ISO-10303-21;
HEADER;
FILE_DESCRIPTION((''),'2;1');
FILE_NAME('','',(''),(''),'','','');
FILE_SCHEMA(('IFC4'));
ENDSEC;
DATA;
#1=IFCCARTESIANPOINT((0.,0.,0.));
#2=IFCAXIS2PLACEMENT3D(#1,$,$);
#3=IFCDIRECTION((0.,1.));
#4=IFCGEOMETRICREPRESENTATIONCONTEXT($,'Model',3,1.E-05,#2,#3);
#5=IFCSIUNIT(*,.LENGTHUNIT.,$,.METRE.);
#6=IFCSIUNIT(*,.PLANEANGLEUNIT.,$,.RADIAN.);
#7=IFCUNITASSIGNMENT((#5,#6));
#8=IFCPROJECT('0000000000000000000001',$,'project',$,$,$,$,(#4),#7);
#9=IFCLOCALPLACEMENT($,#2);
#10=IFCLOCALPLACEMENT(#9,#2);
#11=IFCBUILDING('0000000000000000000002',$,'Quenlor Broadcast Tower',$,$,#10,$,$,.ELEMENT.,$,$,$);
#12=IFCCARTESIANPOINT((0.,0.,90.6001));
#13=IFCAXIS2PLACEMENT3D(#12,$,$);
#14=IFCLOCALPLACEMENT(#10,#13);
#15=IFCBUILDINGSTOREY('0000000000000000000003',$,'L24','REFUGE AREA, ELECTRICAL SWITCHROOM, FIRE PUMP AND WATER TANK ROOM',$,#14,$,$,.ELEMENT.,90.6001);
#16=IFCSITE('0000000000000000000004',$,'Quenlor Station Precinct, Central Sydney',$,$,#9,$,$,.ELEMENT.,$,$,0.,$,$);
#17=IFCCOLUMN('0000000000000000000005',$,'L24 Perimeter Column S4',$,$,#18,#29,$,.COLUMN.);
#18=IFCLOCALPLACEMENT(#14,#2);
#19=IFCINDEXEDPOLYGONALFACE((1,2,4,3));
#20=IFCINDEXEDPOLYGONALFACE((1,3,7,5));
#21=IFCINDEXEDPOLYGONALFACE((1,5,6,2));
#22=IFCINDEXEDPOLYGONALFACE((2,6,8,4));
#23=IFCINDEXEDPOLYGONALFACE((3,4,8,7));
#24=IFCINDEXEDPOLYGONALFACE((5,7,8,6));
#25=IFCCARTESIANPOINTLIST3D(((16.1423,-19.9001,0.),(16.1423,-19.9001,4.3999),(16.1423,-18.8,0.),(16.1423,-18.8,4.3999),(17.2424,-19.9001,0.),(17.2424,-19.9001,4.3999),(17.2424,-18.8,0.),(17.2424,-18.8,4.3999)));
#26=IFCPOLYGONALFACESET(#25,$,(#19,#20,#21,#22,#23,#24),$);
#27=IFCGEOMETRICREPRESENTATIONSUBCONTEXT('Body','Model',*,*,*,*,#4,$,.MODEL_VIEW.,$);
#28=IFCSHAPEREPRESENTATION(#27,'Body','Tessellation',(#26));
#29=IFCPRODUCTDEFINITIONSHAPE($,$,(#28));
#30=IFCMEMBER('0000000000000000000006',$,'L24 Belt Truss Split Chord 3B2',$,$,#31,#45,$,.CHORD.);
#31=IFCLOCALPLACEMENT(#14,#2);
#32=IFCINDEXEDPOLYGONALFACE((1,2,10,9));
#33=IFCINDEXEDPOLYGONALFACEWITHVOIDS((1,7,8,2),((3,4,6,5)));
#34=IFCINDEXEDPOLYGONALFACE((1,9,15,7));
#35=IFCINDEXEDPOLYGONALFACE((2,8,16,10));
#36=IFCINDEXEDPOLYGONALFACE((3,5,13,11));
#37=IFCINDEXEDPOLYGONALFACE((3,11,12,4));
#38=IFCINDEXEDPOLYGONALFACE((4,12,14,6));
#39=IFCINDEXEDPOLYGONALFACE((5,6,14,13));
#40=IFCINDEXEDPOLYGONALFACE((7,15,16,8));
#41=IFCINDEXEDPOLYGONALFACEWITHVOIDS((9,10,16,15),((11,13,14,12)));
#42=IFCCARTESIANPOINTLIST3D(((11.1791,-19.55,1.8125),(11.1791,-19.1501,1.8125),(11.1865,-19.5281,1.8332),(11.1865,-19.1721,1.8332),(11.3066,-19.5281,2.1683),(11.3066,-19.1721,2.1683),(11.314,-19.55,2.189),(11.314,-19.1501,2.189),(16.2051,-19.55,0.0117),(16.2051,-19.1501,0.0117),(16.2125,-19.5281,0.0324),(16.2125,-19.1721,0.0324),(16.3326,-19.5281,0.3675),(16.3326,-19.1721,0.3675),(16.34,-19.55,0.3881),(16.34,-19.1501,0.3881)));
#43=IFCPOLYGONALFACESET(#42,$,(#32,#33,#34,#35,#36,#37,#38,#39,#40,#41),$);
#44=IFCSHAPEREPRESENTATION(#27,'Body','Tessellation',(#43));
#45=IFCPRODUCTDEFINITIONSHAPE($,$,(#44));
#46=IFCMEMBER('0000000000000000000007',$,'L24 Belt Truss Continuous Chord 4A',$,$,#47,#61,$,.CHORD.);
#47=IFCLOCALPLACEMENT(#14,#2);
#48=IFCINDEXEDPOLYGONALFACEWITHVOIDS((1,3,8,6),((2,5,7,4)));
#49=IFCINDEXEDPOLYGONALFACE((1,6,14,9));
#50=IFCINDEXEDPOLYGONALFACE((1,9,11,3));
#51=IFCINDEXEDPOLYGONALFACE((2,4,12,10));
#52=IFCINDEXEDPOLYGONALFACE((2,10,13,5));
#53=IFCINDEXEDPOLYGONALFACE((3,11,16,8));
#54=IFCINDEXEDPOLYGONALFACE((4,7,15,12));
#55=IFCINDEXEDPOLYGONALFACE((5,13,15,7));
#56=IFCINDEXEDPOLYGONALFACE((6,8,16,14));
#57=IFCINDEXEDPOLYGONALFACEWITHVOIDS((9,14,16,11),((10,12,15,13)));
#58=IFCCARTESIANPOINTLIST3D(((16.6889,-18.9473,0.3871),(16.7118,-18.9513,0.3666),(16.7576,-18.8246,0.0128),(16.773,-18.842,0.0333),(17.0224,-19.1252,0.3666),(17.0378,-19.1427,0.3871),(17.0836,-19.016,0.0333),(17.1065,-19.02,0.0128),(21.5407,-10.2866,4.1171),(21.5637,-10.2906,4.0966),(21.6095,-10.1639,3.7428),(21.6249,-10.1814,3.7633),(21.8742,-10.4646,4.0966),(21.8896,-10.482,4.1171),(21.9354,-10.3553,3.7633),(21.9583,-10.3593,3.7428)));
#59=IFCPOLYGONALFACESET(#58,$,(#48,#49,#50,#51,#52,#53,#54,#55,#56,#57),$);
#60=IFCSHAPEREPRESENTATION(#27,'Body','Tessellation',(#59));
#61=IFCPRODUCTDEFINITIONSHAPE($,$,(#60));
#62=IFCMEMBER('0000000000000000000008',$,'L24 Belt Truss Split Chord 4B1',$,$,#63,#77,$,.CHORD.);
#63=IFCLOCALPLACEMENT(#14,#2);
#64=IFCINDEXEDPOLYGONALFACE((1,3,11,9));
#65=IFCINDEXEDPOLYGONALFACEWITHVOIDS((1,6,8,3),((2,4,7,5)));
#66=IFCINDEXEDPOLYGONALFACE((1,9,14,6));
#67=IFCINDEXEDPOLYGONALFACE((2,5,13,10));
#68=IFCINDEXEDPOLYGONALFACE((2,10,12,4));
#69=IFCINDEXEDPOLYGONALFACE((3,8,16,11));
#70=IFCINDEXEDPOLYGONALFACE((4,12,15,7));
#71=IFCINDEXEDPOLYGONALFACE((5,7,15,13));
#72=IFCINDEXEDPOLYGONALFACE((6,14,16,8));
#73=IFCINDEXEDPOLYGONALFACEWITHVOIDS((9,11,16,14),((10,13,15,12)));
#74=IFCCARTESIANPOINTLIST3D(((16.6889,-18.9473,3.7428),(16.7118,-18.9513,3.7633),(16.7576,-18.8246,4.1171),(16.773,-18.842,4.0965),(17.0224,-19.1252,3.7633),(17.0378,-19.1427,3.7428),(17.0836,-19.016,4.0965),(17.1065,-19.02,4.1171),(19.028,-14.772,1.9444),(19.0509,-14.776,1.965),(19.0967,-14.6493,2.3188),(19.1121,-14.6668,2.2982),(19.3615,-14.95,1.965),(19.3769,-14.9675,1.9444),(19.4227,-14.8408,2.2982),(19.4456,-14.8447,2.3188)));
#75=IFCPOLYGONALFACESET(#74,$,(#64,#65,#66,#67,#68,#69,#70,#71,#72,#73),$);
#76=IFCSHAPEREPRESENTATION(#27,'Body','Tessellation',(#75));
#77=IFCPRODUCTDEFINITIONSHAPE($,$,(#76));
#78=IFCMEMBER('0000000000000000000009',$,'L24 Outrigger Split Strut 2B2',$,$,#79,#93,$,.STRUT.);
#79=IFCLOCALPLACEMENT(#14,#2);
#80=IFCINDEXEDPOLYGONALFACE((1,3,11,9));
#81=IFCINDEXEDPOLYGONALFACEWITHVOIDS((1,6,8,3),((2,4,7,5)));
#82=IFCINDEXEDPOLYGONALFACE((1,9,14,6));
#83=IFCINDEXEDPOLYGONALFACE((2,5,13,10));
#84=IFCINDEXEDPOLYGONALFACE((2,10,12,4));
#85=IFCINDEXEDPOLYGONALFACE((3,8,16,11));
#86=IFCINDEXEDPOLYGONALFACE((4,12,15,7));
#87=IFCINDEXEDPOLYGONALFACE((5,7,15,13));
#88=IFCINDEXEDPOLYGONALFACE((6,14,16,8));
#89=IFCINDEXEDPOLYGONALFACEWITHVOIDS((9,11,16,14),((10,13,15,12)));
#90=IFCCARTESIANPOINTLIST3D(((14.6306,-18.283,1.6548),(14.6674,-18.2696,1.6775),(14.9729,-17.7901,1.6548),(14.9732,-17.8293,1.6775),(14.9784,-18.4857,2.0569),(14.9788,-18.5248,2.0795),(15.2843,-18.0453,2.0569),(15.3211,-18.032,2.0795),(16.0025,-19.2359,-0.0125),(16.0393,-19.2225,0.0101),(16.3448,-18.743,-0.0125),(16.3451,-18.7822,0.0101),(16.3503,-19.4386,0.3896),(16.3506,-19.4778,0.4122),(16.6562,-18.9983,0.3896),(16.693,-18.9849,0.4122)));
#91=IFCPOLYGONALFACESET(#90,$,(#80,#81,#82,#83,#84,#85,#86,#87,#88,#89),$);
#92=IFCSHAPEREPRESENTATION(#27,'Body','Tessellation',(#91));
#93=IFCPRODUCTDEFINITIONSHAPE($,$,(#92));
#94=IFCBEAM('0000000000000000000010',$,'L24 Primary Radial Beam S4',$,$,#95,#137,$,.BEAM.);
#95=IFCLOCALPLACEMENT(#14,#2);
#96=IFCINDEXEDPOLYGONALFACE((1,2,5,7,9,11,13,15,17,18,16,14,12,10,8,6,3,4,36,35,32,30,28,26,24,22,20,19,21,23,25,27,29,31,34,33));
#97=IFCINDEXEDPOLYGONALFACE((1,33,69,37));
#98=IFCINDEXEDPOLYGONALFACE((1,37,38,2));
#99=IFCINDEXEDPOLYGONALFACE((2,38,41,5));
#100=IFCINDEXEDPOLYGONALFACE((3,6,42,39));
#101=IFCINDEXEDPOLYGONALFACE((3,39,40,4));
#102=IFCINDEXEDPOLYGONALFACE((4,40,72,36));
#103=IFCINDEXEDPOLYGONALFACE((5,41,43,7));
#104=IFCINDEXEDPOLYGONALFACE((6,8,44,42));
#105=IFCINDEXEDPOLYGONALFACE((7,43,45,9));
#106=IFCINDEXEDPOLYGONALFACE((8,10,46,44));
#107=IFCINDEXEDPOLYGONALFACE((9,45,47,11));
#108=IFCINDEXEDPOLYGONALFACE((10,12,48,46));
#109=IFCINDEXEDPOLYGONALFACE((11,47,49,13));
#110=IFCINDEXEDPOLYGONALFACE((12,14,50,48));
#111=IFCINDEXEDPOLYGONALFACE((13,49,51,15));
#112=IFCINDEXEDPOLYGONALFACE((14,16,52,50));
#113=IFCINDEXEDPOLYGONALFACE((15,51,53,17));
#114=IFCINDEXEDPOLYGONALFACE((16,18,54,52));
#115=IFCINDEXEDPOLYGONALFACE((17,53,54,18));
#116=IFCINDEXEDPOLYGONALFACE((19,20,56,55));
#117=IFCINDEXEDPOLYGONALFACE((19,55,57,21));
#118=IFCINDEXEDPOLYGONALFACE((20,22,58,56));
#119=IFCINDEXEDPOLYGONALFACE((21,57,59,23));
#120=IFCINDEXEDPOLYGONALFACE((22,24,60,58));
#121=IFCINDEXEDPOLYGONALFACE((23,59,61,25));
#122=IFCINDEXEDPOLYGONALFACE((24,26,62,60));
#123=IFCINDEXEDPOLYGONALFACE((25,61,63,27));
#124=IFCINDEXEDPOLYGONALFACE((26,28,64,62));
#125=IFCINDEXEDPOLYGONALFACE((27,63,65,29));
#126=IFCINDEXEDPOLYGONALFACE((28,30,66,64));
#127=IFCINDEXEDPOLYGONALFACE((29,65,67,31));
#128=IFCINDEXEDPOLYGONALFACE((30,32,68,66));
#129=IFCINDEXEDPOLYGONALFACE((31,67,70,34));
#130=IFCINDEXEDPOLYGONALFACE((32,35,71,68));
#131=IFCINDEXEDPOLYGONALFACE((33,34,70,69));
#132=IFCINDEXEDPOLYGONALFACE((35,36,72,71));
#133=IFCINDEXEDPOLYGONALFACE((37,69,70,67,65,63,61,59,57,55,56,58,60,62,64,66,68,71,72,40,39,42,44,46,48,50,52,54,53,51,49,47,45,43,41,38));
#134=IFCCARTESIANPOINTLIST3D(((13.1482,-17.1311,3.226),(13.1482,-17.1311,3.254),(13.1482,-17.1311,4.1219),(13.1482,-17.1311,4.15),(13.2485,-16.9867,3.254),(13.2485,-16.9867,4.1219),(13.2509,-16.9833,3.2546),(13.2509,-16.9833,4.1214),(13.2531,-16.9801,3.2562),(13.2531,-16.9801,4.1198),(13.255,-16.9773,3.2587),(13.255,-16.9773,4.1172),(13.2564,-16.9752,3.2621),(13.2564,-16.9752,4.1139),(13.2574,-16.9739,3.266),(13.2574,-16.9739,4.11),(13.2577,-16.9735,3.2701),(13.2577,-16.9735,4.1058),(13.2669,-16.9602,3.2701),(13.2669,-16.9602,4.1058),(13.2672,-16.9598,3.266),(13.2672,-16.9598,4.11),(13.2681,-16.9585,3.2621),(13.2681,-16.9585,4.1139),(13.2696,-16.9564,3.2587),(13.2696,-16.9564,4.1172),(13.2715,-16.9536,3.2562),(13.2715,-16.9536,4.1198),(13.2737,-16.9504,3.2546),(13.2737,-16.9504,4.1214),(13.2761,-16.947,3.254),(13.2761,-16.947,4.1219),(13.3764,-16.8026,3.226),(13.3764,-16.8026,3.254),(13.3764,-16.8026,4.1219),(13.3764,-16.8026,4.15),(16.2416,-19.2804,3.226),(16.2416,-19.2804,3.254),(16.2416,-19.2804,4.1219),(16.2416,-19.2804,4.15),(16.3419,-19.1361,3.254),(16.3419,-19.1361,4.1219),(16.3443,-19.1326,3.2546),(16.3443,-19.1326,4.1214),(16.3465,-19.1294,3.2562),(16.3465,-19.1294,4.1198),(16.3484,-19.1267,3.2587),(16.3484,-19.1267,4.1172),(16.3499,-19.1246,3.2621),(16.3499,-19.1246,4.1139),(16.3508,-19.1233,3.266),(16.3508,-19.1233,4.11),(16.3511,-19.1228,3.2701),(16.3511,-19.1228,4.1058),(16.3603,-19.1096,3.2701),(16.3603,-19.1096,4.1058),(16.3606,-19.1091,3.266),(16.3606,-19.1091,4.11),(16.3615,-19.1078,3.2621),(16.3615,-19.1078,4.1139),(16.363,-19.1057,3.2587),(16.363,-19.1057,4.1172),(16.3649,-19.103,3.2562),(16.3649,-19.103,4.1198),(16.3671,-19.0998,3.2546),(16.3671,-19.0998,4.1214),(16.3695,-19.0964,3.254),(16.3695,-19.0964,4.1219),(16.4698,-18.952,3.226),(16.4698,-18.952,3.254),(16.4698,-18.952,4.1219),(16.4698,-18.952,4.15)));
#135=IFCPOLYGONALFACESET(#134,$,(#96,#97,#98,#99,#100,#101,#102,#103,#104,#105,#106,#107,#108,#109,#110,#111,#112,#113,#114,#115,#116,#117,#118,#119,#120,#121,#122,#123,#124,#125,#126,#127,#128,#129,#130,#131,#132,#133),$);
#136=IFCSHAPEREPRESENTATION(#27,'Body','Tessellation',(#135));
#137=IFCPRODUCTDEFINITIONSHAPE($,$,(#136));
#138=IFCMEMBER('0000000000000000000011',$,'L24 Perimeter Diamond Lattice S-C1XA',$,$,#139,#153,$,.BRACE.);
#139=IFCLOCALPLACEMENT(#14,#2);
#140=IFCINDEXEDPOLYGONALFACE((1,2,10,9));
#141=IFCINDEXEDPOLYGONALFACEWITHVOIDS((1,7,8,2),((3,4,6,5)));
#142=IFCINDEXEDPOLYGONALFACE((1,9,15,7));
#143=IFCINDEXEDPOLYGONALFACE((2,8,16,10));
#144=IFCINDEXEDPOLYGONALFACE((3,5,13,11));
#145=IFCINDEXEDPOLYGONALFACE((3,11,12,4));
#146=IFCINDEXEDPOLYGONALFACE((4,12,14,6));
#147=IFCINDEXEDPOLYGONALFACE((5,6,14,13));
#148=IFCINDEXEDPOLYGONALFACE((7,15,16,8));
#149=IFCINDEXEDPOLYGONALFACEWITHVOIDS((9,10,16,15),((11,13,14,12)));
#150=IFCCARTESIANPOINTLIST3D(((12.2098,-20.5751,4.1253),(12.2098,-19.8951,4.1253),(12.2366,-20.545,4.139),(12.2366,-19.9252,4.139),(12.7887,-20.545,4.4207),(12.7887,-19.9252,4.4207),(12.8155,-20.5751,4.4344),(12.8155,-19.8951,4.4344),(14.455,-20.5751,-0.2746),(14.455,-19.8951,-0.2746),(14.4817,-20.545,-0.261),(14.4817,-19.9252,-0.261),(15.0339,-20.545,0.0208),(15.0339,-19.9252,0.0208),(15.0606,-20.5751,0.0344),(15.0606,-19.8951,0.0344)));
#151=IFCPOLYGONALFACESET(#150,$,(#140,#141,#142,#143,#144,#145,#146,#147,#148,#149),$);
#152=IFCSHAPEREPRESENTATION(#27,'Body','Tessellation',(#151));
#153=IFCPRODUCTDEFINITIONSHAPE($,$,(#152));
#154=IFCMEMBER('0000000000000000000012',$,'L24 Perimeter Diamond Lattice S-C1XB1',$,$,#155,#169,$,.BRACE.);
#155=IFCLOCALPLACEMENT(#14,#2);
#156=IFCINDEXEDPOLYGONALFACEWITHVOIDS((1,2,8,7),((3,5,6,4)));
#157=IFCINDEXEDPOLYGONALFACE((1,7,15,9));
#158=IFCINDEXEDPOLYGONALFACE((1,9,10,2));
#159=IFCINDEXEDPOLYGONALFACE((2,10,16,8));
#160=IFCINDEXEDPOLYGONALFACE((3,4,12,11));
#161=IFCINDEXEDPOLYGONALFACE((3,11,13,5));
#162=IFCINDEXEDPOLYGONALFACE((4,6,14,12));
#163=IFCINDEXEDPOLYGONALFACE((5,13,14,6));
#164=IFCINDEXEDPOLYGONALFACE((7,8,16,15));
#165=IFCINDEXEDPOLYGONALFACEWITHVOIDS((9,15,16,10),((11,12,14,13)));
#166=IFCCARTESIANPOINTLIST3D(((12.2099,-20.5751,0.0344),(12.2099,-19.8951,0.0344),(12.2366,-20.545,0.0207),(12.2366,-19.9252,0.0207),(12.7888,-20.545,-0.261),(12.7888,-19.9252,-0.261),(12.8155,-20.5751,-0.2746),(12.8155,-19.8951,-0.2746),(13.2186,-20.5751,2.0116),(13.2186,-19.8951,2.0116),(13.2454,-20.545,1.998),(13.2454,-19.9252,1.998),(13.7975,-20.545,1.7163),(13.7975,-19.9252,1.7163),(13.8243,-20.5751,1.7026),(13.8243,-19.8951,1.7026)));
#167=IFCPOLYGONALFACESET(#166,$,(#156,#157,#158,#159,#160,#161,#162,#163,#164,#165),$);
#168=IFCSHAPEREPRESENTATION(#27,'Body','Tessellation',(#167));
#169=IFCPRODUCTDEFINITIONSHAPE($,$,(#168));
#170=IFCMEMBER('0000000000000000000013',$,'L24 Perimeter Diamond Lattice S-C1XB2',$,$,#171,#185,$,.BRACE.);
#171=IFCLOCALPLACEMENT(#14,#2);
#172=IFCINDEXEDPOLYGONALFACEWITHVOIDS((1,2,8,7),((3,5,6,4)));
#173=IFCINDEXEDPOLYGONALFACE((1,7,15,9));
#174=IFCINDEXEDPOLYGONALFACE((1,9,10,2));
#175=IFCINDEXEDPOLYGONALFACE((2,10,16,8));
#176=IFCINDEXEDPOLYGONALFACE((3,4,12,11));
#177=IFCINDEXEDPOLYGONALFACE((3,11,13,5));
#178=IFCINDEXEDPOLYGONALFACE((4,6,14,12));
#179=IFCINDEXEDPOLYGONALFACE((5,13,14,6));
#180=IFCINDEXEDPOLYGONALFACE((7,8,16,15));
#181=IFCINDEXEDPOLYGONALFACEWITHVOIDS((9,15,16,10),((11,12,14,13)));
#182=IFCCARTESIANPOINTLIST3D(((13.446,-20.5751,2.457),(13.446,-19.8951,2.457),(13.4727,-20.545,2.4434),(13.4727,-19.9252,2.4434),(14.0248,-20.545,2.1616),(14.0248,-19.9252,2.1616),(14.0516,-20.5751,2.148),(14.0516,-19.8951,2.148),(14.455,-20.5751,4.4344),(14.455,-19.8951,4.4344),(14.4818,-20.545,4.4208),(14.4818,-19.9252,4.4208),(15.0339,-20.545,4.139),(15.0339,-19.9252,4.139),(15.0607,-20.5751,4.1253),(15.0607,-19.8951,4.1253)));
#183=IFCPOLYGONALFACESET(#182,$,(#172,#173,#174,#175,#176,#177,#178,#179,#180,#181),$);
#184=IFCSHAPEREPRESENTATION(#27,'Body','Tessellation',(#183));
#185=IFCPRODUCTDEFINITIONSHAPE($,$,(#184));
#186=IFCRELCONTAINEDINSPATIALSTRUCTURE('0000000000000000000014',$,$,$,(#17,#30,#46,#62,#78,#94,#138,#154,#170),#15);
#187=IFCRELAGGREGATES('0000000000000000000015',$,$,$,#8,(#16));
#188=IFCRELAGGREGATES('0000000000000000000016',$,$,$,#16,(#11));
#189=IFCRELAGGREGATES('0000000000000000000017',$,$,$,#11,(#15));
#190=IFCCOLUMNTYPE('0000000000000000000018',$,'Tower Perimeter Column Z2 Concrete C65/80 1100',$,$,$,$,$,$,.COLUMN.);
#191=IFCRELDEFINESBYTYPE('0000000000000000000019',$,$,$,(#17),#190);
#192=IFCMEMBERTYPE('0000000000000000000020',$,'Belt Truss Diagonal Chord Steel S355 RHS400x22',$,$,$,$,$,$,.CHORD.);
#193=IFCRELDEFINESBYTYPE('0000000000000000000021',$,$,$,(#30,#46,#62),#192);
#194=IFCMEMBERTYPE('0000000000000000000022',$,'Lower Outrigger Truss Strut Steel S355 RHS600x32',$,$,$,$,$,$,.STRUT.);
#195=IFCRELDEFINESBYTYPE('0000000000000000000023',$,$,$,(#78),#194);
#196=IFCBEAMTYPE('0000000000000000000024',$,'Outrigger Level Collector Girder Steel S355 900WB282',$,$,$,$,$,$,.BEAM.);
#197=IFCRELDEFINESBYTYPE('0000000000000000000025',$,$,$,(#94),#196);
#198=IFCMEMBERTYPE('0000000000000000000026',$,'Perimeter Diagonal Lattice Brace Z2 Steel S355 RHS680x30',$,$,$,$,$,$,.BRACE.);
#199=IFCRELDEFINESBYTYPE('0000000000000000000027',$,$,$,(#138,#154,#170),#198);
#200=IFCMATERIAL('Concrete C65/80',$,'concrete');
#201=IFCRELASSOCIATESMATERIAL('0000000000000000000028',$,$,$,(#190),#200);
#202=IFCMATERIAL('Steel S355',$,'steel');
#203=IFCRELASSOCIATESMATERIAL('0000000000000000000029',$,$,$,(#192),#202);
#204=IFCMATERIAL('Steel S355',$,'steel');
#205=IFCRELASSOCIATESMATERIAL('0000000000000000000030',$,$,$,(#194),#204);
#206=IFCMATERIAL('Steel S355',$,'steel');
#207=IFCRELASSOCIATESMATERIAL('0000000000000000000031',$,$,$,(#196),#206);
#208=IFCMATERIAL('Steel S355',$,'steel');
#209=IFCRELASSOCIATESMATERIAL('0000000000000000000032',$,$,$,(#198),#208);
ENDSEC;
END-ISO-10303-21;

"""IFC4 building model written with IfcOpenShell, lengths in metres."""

from ifc_helpers import new_model, si_unit, direction, frame, origin, origin_2d, place, context, subcontext, project, spatial, rectangle, hollow_rectangle, i_section, extrude, material, material_profile, profile_set, type_object, element, save


model = new_model("IFC4")

# Units and contexts
model_context = context("Model", 3, precision=1e-05, world=origin(), true_north=direction((0.0, 1.0)))
body_context = subcontext(model_context, "Body", "Model", "MODEL_VIEW")
ifc_project = project(units=[si_unit("LENGTHUNIT", "METRE"), si_unit("PLANEANGLEUNIT", "RADIAN")], contexts=[model_context])

# Site, building, storey
site_placement = place(None, origin())
site = spatial("IfcSite", under=ifc_project, at=site_placement, Name="Quenlor Station Precinct, Central Sydney", CompositionType="ELEMENT", RefElevation=0.0)
building_placement = place(site_placement, origin())
building = spatial("IfcBuilding", under=site, at=building_placement, Name="Quenlor Broadcast Tower", CompositionType="ELEMENT")
storey_placement = place(building_placement, frame((0.0, 0.0, 90.6001)))
storey = spatial("IfcBuildingStorey", under=building, at=storey_placement, Name="L24", Description="REFUGE AREA, ELECTRICAL SWITCHROOM, FIRE PUMP AND WATER TANK ROOM", CompositionType="ELEMENT", Elevation=90.6001)

# Column
ifc_material_1 = material(Name="Concrete C65/80", Category="concrete")
ifc_material_profile_1 = material_profile(ifc_material_1, rectangle(XDim=1.1001, YDim=1.1001, at=origin_2d()))
ifc_profile_set_1 = profile_set([ifc_material_profile_1], Name="Concrete C65/80 RC1100x1100")
column_type = type_object("IfcColumnType", Name="Tower Perimeter Column Z2 Concrete C65/80 1100", PredefinedType="COLUMN", material=ifc_profile_set_1)
column_placement = place(storey_placement, frame((16.6924, -19.3501, 0.0), z_axis=(0.0, 0.0, 1.0), x_axis=(0.0, 1.0, 0.0)))
element("IfcColumn", 1, at=column_placement, inside=storey, type_object=column_type, Name="L24 Perimeter Column S4", PredefinedType="COLUMN", context=body_context, shape_type="SweptSolid", body=[
    extrude(rectangle(XDim=1.1001, YDim=1.1001, at=origin_2d()), origin(), (0.0, 0.0, 1.0), 4.3999),
])

# Members
ifc_material_2 = material(Name="Steel S355", Category="steel")
ifc_material_profile_2 = material_profile(ifc_material_2, hollow_rectangle(XDim=0.3999, YDim=0.3999, WallThickness=0.022, at=origin_2d()))
ifc_profile_set_2 = profile_set([ifc_material_profile_2], Name="Steel S355 RHS400x400x22")
member_type_1 = type_object("IfcMemberType", Name="Belt Truss Diagonal Chord Steel S355 RHS400x22", PredefinedType="CHORD", material=ifc_profile_set_2)
member_1_placement = place(storey_placement, frame((11.2466, -19.3501, 2.0007), z_axis=(0.941396, 0.0, -0.337304), x_axis=(0.0, 1.0, 0.0)))
element("IfcMember", 2, at=member_1_placement, inside=storey, type_object=member_type_1, Name="L24 Belt Truss Split Chord 3B2", PredefinedType="CHORD", context=body_context, shape_type="SweptSolid", body=[
    extrude(hollow_rectangle(XDim=0.3999, YDim=0.3999, WallThickness=0.022, at=origin_2d()), origin(), (0.0, 0.0, 1.0), 5.3389),
])
member_2_placement = place(storey_placement, frame((16.8977, -18.9836, 0.2), z_axis=(0.457515, 0.81668, 0.351729), x_axis=(-0.872427, 0.488745, 0.0)))
element("IfcMember", 3, at=member_2_placement, inside=storey, type_object=member_type_1, Name="L24 Belt Truss Continuous Chord 4A", PredefinedType="CHORD", context=body_context, shape_type="SweptSolid", body=[
    extrude(hollow_rectangle(XDim=0.3999, YDim=0.3999, WallThickness=0.022, at=origin_2d()), origin(), (0.0, 0.0, 1.0), 10.6047),
])
member_3_placement = place(storey_placement, frame((16.8977, -18.9836, 3.9299), z_axis=(0.45752, 0.816669, -0.351748), x_axis=(-0.872422, 0.488754, 0.0)))
element("IfcMember", 4, at=member_3_placement, inside=storey, type_object=member_type_1, Name="L24 Belt Truss Split Chord 4B1", PredefinedType="CHORD", context=body_context, shape_type="SweptSolid", body=[
    extrude(hollow_rectangle(XDim=0.3999, YDim=0.3999, WallThickness=0.022, at=origin_2d()), origin(), (0.0, 0.0, 1.0), 5.1125),
])
ifc_material_3 = material(Name="Steel S355", Category="steel")
ifc_material_profile_3 = material_profile(ifc_material_3, hollow_rectangle(XDim=0.6001, YDim=0.6001, WallThickness=0.032, at=origin_2d()))
ifc_profile_set_3 = profile_set([ifc_material_profile_3], Name="Steel S355 RHS600x600x32")
member_type_2 = type_object("IfcMemberType", Name="Lower Outrigger Truss Strut Steel S355 RHS600x32", PredefinedType="STRUT", material=ifc_profile_set_3)
member_4_placement = place(storey_placement, frame((14.9758, -18.1575, 1.8672), z_axis=(0.581284, -0.403764, -0.706458), x_axis=(0.570486, 0.821307, 0.0)))
element("IfcMember", 5, at=member_4_placement, inside=storey, type_object=member_type_2, Name="L24 Outrigger Split Strut 2B2", PredefinedType="STRUT", context=body_context, shape_type="SweptSolid", body=[
    extrude(hollow_rectangle(XDim=0.6001, YDim=0.6001, WallThickness=0.032, at=origin_2d()), origin(), (0.0, 0.0, 1.0), 2.3601),
])

# Beam
ifc_material_4 = material(Name="Steel S355", Category="steel")
ifc_material_profile_4 = material_profile(ifc_material_4, i_section(OverallWidth=0.3999, OverallDepth=0.9241, WebThickness=0.0161, FlangeThickness=0.0281, FilletRadius=0.0161, at=origin_2d()))
ifc_profile_set_4 = profile_set([ifc_material_profile_4], Name="Steel S355 900WB282")
beam_type_1 = type_object("IfcBeamType", Name="Outrigger Level Collector Girder Steel S355 900WB282", PredefinedType="BEAM", material=ifc_profile_set_4)
beam_1_placement = place(storey_placement, frame((16.3557, -19.1162, 3.688), z_axis=(-0.821227, 0.570601, 0.0), x_axis=(-0.570601, -0.821227, 0.0)))
element("IfcBeam", 6, at=beam_1_placement, inside=storey, type_object=beam_type_1, Name="L24 Primary Radial Beam S4", PredefinedType="BEAM", context=body_context, shape_type="SweptSolid", body=[
    extrude(i_section(OverallWidth=0.3999, OverallDepth=0.9241, WebThickness=0.0161, FlangeThickness=0.0281, FilletRadius=0.0161, at=origin_2d()), origin(), (0.0, 0.0, 1.0), 3.7668),
])

# Members
ifc_material_5 = material(Name="Steel S355", Category="steel")
ifc_material_profile_5 = material_profile(ifc_material_5, hollow_rectangle(XDim=0.6799, YDim=0.6799, WallThickness=0.03, at=origin_2d()))
ifc_profile_set_5 = profile_set([ifc_material_profile_5], Name="Steel S355 RHS680x680x30")
member_type_3 = type_object("IfcMemberType", Name="Perimeter Diagonal Lattice Brace Z2 Steel S355 RHS680x30", PredefinedType="BRACE", material=ifc_profile_set_5)
member_5_placement = place(storey_placement, frame((14.7578, -20.2351, -0.1201), z_axis=(-0.454514, 0.0, 0.89074), x_axis=(0.0, -1.0, 0.0)))
element("IfcMember", 7, at=member_5_placement, inside=storey, type_object=member_type_3, Name="L24 Perimeter Diamond Lattice S-C1XA", PredefinedType="BRACE", context=body_context, shape_type="SweptSolid", body=[
    extrude(hollow_rectangle(XDim=0.6799, YDim=0.6799, WallThickness=0.03, at=origin_2d()), origin(), (0.0, 0.0, 1.0), 4.9397),
])
member_6_placement = place(storey_placement, frame((12.5127, -20.2351, -0.1201), z_axis=(0.454458, 0.0, 0.890768), x_axis=(0.0, 1.0, 0.0)))
element("IfcMember", 8, at=member_6_placement, inside=storey, type_object=member_type_3, Name="L24 Perimeter Diamond Lattice S-C1XB1", PredefinedType="BRACE", context=body_context, shape_type="SweptSolid", body=[
    extrude(hollow_rectangle(XDim=0.6799, YDim=0.6799, WallThickness=0.03, at=origin_2d()), origin(), (0.0, 0.0, 1.0), 2.2197),
])
member_7_placement = place(storey_placement, frame((13.7488, -20.2351, 2.3025), z_axis=(0.454545, 0.0, 0.890724), x_axis=(0.0, 1.0, 0.0)))
element("IfcMember", 9, at=member_7_placement, inside=storey, type_object=member_type_3, Name="L24 Perimeter Diamond Lattice S-C1XB2", PredefinedType="BRACE", context=body_context, shape_type="SweptSolid", body=[
    extrude(hollow_rectangle(XDim=0.6799, YDim=0.6799, WallThickness=0.03, at=origin_2d()), origin(), (0.0, 0.0, 1.0), 2.22),
])

save(model, "model.ifc")
